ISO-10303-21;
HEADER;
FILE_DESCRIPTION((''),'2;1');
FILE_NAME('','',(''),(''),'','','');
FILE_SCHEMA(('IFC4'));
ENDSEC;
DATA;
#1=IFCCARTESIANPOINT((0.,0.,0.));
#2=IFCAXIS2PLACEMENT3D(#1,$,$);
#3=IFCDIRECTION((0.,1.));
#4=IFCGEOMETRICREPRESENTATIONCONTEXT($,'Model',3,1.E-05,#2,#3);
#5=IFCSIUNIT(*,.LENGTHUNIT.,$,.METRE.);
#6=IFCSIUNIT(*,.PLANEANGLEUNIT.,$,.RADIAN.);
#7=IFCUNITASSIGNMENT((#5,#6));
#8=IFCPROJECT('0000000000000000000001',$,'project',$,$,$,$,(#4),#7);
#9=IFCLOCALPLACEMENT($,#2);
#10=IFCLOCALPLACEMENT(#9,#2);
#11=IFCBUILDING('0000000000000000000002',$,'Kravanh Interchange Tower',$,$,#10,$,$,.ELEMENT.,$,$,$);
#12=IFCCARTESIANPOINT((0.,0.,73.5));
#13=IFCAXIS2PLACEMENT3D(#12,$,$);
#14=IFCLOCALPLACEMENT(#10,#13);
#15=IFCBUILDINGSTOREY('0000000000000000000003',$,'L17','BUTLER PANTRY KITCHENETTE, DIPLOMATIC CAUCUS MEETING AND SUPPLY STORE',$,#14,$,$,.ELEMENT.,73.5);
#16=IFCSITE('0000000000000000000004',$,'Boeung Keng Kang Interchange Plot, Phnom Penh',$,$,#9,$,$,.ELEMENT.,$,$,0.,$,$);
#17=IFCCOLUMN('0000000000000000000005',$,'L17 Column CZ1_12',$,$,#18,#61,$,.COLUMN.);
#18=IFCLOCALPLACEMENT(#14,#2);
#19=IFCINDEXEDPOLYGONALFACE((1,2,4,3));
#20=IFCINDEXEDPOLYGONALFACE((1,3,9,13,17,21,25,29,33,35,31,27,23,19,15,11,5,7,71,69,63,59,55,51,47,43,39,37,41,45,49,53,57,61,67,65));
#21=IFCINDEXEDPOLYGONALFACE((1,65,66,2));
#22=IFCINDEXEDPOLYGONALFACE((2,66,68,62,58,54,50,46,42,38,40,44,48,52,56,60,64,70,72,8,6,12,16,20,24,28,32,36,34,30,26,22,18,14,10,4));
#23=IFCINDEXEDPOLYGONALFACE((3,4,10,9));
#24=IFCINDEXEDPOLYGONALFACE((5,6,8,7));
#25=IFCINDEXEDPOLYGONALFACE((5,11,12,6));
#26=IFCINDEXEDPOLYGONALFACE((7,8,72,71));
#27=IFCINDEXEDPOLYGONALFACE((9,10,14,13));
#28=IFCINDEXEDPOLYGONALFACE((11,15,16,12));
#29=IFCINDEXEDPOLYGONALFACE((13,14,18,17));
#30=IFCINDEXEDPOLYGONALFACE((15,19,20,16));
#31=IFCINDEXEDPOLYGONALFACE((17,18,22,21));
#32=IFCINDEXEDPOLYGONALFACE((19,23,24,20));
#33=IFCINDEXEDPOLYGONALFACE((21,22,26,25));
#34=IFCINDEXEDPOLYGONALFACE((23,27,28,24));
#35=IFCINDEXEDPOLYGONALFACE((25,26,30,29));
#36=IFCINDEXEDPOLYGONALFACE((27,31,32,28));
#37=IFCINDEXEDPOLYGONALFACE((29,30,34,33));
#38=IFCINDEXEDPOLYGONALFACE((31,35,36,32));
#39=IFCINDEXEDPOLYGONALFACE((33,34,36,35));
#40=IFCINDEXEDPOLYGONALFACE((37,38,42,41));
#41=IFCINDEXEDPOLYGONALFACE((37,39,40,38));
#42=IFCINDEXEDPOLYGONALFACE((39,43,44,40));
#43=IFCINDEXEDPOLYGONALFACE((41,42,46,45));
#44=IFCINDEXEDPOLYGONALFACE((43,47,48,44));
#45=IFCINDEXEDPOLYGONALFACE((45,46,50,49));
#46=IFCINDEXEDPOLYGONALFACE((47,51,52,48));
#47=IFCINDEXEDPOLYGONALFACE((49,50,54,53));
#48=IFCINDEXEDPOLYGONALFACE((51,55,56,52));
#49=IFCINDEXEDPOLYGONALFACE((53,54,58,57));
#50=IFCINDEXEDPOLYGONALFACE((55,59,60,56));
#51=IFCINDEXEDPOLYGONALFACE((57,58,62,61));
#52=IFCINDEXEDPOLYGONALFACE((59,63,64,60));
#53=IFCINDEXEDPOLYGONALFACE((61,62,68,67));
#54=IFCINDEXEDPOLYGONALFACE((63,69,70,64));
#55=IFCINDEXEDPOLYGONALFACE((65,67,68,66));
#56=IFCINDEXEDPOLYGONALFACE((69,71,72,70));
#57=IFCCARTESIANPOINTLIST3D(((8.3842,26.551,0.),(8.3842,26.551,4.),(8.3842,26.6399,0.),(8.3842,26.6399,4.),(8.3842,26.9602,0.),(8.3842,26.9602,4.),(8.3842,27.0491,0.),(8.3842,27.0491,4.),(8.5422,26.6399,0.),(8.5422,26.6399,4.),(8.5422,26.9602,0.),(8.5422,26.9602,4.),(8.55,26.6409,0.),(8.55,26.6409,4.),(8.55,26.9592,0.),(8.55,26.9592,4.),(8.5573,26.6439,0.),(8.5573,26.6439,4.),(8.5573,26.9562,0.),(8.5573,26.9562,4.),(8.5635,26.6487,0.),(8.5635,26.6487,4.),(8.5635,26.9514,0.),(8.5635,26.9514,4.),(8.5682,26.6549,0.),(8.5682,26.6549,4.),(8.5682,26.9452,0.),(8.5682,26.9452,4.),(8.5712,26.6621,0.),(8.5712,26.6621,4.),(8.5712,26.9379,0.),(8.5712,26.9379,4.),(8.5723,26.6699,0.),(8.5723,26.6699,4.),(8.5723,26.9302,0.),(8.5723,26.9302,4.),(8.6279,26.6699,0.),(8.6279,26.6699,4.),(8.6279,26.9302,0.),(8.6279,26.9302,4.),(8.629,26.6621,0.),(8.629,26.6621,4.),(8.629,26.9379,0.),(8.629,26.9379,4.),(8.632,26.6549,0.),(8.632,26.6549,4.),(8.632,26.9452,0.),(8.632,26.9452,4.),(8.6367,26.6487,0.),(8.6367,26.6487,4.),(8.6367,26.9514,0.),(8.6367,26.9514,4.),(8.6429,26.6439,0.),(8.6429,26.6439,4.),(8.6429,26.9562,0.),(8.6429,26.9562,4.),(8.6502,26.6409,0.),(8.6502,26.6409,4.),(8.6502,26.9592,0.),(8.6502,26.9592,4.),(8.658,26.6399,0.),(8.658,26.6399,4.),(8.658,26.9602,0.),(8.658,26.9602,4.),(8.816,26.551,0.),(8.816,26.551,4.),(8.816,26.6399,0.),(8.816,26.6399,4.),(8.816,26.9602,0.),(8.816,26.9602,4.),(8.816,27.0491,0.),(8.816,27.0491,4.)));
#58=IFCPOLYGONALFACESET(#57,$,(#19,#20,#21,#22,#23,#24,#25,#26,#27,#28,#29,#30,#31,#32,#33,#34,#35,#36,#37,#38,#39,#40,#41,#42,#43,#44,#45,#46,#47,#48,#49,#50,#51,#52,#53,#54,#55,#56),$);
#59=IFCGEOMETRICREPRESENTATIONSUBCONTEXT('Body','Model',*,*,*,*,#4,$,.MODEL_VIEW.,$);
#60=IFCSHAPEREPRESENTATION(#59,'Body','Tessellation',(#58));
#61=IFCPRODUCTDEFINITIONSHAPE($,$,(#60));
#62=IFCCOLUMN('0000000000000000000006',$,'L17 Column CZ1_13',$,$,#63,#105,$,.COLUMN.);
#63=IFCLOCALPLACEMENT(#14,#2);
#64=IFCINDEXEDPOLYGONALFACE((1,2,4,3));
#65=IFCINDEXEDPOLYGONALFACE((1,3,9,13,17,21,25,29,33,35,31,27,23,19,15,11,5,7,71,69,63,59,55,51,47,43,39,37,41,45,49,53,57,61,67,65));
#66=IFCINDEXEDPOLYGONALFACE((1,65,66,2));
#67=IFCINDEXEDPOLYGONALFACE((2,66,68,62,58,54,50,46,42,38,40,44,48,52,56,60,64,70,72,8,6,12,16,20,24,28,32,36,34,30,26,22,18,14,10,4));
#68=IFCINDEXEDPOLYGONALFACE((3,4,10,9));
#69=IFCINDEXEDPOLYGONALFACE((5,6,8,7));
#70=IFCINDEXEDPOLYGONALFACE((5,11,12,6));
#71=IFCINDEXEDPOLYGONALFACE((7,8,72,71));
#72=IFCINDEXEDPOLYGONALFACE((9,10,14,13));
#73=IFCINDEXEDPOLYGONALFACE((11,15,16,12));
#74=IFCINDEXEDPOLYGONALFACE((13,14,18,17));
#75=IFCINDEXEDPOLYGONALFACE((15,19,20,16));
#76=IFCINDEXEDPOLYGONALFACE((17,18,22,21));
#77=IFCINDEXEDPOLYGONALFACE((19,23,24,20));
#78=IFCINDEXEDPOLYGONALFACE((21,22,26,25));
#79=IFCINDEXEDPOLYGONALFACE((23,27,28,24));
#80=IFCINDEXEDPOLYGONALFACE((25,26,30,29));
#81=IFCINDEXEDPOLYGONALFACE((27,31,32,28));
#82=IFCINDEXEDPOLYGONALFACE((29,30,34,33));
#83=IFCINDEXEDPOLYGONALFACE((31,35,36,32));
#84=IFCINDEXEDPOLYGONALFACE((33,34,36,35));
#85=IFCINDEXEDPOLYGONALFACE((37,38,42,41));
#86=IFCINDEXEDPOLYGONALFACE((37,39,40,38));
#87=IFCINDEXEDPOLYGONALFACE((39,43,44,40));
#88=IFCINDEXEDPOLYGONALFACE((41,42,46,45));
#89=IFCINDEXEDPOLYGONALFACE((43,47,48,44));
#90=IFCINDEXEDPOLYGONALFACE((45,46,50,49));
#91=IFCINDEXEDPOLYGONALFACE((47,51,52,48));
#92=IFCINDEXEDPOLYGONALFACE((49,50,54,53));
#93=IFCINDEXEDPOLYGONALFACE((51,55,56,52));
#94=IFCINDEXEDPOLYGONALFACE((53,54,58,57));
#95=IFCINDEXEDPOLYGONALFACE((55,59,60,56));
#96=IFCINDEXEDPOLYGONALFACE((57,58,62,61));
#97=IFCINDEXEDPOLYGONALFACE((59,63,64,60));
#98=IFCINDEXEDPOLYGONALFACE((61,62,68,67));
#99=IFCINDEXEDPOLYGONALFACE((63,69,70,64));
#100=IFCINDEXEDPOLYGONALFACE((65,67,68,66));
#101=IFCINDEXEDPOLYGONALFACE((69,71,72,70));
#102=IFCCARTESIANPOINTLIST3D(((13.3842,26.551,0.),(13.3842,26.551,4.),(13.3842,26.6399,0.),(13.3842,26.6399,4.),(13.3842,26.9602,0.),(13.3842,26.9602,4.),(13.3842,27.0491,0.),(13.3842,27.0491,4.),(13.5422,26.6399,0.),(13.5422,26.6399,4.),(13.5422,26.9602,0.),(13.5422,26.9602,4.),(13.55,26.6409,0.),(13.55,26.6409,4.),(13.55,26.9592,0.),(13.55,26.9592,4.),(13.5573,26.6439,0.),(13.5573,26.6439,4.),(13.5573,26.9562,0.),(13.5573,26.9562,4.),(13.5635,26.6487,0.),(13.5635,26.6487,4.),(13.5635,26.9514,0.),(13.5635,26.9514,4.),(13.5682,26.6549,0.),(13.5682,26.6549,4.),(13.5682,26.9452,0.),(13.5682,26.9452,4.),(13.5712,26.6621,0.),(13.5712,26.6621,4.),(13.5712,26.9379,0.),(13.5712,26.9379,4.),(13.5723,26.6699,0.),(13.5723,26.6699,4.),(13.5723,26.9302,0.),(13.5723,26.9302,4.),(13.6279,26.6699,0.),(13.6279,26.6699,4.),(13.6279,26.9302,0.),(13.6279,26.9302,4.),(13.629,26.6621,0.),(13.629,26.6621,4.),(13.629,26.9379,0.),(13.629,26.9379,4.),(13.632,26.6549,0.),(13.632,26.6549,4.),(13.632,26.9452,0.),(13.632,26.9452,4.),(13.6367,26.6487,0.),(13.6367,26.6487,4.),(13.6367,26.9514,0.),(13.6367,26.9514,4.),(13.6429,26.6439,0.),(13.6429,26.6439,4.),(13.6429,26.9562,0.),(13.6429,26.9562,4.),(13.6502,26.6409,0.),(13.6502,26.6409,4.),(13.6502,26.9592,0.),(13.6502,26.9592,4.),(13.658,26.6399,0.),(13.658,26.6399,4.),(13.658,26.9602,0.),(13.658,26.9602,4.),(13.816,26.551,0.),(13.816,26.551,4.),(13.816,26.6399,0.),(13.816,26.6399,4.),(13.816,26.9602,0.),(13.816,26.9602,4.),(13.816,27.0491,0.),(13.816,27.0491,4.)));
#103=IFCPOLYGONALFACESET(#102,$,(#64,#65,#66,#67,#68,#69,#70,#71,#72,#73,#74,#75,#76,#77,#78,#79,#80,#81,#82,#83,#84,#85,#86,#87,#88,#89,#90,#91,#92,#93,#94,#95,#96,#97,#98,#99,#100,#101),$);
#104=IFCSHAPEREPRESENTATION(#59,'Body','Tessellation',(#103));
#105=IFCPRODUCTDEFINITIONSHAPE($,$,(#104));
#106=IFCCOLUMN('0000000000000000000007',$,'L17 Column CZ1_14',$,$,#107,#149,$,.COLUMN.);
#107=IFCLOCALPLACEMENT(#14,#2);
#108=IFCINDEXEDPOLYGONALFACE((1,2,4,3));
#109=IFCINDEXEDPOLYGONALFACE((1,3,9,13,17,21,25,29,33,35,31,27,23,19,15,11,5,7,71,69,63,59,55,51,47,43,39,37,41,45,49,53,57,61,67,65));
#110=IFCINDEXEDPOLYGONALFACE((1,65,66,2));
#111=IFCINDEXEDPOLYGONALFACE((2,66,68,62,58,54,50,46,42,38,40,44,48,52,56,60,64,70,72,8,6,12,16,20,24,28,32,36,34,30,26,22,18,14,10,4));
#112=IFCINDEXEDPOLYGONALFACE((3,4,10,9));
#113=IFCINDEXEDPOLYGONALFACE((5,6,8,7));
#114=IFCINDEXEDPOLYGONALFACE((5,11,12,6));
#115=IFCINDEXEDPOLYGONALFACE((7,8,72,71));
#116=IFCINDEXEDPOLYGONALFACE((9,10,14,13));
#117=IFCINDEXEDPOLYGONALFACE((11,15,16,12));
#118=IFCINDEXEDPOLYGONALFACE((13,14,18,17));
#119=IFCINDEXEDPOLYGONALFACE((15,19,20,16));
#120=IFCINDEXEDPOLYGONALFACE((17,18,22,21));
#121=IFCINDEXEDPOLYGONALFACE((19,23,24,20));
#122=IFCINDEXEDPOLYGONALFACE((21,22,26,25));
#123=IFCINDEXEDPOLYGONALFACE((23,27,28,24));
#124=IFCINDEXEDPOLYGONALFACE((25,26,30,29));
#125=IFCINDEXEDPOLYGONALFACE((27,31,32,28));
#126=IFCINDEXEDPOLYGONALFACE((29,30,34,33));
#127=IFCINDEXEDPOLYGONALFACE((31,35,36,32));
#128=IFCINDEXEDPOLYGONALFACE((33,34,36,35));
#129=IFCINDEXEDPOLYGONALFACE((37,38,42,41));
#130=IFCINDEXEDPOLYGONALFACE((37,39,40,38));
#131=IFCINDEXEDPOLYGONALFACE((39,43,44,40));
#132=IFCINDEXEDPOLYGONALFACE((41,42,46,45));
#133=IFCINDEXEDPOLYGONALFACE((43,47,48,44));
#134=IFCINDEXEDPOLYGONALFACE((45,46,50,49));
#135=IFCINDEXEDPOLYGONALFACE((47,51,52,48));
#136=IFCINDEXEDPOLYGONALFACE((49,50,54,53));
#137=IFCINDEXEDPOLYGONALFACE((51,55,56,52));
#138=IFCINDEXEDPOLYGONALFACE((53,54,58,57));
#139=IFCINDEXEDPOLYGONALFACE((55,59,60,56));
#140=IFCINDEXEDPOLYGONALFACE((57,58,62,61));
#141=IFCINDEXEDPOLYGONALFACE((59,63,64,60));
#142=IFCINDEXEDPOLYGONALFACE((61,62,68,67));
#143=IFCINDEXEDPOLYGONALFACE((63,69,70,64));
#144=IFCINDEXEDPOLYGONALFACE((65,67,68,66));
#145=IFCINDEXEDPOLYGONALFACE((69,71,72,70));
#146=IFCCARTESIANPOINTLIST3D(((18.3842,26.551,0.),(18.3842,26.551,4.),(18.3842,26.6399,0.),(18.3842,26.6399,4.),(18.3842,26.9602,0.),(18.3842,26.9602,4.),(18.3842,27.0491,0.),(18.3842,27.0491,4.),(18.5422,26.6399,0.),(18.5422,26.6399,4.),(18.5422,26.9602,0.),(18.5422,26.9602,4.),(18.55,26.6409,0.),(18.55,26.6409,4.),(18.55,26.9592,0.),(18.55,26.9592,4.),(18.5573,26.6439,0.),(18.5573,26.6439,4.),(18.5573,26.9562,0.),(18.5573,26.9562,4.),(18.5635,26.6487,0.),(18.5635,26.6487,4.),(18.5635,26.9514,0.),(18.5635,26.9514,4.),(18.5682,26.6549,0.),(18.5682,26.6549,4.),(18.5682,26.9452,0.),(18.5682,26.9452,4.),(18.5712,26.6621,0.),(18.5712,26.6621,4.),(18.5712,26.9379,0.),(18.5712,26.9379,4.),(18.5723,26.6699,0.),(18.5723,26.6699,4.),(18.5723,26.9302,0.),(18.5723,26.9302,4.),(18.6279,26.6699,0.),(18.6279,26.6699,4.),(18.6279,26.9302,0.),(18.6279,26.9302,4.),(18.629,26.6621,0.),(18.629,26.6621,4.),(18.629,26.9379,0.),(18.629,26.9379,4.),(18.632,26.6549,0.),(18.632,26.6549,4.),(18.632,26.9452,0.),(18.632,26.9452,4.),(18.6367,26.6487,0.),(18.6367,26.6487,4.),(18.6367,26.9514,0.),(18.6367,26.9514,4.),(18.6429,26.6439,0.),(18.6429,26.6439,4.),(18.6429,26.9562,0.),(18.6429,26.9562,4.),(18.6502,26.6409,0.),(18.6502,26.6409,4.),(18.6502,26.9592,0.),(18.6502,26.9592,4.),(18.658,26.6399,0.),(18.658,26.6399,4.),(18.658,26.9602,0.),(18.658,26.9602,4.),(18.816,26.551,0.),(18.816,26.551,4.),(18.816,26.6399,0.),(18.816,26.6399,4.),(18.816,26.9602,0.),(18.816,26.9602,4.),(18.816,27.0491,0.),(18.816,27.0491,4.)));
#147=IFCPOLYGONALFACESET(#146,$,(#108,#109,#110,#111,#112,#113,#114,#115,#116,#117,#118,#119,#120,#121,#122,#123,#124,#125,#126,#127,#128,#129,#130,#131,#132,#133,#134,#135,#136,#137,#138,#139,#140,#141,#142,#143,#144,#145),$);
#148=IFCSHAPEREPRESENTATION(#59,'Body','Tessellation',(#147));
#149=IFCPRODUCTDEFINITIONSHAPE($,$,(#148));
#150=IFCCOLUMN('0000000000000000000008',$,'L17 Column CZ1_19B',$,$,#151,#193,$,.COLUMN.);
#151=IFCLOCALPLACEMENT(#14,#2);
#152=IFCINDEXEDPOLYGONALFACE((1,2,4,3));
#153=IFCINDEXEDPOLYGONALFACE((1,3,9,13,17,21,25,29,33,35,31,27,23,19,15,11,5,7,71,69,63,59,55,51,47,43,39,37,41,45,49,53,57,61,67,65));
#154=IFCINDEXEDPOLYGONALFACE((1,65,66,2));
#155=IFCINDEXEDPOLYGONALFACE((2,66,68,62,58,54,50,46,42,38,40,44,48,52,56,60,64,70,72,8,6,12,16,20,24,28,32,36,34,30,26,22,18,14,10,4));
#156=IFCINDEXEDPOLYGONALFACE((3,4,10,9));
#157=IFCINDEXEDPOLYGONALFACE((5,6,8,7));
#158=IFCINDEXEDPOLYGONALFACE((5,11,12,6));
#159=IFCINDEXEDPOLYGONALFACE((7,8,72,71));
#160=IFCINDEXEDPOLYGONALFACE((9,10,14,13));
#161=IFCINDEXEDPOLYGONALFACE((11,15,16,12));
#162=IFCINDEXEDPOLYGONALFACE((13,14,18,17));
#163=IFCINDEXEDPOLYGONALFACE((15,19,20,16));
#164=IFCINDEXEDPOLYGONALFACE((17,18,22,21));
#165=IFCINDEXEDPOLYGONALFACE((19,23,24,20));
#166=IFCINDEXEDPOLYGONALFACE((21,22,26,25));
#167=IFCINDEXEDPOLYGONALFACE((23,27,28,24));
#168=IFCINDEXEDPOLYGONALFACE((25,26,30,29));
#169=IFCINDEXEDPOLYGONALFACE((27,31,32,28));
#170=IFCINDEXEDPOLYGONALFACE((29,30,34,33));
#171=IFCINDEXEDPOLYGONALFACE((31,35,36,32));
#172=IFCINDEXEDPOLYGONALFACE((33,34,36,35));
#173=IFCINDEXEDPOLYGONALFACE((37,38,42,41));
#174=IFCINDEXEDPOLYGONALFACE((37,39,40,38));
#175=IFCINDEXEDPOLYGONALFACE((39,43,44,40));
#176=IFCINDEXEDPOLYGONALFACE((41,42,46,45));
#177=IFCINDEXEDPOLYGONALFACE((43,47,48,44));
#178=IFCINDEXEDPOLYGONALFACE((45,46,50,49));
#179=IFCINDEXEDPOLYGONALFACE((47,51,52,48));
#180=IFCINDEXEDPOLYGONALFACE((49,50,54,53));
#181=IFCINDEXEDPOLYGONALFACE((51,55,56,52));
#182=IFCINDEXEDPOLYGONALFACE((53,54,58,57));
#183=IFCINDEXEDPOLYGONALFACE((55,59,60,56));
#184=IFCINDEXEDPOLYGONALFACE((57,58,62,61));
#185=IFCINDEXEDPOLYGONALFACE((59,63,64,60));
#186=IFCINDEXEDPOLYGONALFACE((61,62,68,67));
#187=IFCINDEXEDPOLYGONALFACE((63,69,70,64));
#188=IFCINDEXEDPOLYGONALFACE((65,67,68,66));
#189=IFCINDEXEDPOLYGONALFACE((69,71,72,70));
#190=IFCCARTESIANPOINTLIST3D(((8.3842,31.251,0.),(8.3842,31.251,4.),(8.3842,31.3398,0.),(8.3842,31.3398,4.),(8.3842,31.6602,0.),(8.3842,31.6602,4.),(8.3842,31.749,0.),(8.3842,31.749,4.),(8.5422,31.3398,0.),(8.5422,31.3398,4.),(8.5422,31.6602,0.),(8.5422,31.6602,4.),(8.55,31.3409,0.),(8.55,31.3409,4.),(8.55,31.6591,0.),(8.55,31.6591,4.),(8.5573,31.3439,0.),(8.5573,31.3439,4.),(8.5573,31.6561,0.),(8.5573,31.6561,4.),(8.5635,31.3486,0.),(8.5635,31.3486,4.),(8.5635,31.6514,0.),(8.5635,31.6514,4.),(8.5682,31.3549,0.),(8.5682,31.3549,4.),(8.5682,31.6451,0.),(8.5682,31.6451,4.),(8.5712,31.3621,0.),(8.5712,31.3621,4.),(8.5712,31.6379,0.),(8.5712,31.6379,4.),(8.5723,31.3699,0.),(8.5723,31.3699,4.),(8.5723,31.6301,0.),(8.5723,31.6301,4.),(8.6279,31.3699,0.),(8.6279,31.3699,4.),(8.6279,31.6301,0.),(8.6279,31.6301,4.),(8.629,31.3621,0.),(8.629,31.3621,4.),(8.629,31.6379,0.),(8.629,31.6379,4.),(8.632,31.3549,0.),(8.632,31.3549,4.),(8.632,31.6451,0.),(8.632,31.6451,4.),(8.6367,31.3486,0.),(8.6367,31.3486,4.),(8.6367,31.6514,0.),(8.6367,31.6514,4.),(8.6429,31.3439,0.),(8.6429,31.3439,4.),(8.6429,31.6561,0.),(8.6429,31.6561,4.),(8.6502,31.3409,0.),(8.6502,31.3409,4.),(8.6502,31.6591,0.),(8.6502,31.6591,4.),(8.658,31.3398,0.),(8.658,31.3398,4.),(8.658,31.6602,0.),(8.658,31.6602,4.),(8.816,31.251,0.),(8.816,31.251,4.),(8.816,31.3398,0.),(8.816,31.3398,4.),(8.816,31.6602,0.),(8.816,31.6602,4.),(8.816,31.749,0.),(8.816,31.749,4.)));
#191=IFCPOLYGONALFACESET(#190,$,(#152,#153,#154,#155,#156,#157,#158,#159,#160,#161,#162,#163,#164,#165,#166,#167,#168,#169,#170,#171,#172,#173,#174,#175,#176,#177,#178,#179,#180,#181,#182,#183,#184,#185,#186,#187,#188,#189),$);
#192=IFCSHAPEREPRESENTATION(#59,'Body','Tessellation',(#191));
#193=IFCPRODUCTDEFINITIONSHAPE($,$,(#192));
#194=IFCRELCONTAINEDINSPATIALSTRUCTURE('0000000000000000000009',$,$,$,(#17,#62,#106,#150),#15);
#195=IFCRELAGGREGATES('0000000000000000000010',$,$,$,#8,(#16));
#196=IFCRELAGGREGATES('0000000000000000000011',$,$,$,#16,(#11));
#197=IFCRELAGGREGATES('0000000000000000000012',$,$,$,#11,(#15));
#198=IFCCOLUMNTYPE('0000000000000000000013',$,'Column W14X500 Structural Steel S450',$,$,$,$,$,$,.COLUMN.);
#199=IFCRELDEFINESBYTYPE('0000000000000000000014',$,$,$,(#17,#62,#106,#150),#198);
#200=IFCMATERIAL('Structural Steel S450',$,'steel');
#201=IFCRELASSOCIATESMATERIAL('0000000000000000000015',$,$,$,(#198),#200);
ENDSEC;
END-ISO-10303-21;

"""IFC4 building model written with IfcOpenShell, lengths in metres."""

from ifc_helpers import new_model, si_unit, direction, frame, origin, origin_2d, place, context, subcontext, project, spatial, i_section, extrude, material, material_profile, profile_set, type_object, element, save


model = new_model("IFC4")

# Units and contexts
model_context = context("Model", 3, precision=1e-05, world=origin(), true_north=direction((0.0, 1.0)))
body_context = subcontext(model_context, "Body", "Model", "MODEL_VIEW")
ifc_project = project(units=[si_unit("LENGTHUNIT", "METRE"), si_unit("PLANEANGLEUNIT", "RADIAN")], contexts=[model_context])

# Site, building, storey
site_placement = place(None, origin())
site = spatial("IfcSite", under=ifc_project, at=site_placement, Name="Boeung Keng Kang Interchange Plot, Phnom Penh", CompositionType="ELEMENT", RefElevation=0.0)
building_placement = place(site_placement, origin())
building = spatial("IfcBuilding", under=site, at=building_placement, Name="Kravanh Interchange Tower", CompositionType="ELEMENT")
storey_placement = place(building_placement, frame((0.0, 0.0, 73.5)))
storey = spatial("IfcBuildingStorey", under=building, at=storey_placement, Name="L17", Description="BUTLER PANTRY KITCHENETTE, DIPLOMATIC CAUCUS MEETING AND SUPPLY STORE", CompositionType="ELEMENT", Elevation=73.5)

# Columns
ifc_material_1 = material(Name="Structural Steel S450", Category="steel")
ifc_material_profile_1 = material_profile(ifc_material_1, i_section(OverallWidth=0.4319, OverallDepth=0.498, WebThickness=0.0557, FlangeThickness=0.0889, FilletRadius=0.03, at=origin_2d()), Name="W14X500")
ifc_profile_set_1 = profile_set([ifc_material_profile_1], Name="Structural Steel S450")
column_type = type_object("IfcColumnType", Name="Column W14X500 Structural Steel S450", PredefinedType="COLUMN", material=ifc_profile_set_1)
for number, where, z_axis, x_axis, name in (
    (1, (8.6001, 26.8, 0.0), (0.0, 0.0, 1.0), (1.0, 0.0, 0.0), "L17 Column CZ1_12"),
    (2, (13.6001, 26.8, 0.0), (0.0, 0.0, 1.0), (1.0, 0.0, 0.0), "L17 Column CZ1_13"),
    (3, (18.6001, 26.8, 0.0), (0.0, 0.0, 1.0), (1.0, 0.0, 0.0), "L17 Column CZ1_14"),
    (4, (8.6001, 31.5, 0.0), (0.0, 0.0, 1.0), (1.0, 0.0, 0.0), "L17 Column CZ1_19B"),
):
    element("IfcColumn", number, at=place(storey_placement, frame(where, z_axis=z_axis, x_axis=x_axis)), inside=storey, type_object=column_type, Name=name, PredefinedType="COLUMN", context=body_context, shape_type="SweptSolid", body=[
        extrude(i_section(OverallWidth=0.4319, OverallDepth=0.498, WebThickness=0.0557, FlangeThickness=0.0889, FilletRadius=0.03, at=origin_2d()), origin(), (0.0, 0.0, 1.0), 4.0),
    ])

save(model, "model.ifc")
